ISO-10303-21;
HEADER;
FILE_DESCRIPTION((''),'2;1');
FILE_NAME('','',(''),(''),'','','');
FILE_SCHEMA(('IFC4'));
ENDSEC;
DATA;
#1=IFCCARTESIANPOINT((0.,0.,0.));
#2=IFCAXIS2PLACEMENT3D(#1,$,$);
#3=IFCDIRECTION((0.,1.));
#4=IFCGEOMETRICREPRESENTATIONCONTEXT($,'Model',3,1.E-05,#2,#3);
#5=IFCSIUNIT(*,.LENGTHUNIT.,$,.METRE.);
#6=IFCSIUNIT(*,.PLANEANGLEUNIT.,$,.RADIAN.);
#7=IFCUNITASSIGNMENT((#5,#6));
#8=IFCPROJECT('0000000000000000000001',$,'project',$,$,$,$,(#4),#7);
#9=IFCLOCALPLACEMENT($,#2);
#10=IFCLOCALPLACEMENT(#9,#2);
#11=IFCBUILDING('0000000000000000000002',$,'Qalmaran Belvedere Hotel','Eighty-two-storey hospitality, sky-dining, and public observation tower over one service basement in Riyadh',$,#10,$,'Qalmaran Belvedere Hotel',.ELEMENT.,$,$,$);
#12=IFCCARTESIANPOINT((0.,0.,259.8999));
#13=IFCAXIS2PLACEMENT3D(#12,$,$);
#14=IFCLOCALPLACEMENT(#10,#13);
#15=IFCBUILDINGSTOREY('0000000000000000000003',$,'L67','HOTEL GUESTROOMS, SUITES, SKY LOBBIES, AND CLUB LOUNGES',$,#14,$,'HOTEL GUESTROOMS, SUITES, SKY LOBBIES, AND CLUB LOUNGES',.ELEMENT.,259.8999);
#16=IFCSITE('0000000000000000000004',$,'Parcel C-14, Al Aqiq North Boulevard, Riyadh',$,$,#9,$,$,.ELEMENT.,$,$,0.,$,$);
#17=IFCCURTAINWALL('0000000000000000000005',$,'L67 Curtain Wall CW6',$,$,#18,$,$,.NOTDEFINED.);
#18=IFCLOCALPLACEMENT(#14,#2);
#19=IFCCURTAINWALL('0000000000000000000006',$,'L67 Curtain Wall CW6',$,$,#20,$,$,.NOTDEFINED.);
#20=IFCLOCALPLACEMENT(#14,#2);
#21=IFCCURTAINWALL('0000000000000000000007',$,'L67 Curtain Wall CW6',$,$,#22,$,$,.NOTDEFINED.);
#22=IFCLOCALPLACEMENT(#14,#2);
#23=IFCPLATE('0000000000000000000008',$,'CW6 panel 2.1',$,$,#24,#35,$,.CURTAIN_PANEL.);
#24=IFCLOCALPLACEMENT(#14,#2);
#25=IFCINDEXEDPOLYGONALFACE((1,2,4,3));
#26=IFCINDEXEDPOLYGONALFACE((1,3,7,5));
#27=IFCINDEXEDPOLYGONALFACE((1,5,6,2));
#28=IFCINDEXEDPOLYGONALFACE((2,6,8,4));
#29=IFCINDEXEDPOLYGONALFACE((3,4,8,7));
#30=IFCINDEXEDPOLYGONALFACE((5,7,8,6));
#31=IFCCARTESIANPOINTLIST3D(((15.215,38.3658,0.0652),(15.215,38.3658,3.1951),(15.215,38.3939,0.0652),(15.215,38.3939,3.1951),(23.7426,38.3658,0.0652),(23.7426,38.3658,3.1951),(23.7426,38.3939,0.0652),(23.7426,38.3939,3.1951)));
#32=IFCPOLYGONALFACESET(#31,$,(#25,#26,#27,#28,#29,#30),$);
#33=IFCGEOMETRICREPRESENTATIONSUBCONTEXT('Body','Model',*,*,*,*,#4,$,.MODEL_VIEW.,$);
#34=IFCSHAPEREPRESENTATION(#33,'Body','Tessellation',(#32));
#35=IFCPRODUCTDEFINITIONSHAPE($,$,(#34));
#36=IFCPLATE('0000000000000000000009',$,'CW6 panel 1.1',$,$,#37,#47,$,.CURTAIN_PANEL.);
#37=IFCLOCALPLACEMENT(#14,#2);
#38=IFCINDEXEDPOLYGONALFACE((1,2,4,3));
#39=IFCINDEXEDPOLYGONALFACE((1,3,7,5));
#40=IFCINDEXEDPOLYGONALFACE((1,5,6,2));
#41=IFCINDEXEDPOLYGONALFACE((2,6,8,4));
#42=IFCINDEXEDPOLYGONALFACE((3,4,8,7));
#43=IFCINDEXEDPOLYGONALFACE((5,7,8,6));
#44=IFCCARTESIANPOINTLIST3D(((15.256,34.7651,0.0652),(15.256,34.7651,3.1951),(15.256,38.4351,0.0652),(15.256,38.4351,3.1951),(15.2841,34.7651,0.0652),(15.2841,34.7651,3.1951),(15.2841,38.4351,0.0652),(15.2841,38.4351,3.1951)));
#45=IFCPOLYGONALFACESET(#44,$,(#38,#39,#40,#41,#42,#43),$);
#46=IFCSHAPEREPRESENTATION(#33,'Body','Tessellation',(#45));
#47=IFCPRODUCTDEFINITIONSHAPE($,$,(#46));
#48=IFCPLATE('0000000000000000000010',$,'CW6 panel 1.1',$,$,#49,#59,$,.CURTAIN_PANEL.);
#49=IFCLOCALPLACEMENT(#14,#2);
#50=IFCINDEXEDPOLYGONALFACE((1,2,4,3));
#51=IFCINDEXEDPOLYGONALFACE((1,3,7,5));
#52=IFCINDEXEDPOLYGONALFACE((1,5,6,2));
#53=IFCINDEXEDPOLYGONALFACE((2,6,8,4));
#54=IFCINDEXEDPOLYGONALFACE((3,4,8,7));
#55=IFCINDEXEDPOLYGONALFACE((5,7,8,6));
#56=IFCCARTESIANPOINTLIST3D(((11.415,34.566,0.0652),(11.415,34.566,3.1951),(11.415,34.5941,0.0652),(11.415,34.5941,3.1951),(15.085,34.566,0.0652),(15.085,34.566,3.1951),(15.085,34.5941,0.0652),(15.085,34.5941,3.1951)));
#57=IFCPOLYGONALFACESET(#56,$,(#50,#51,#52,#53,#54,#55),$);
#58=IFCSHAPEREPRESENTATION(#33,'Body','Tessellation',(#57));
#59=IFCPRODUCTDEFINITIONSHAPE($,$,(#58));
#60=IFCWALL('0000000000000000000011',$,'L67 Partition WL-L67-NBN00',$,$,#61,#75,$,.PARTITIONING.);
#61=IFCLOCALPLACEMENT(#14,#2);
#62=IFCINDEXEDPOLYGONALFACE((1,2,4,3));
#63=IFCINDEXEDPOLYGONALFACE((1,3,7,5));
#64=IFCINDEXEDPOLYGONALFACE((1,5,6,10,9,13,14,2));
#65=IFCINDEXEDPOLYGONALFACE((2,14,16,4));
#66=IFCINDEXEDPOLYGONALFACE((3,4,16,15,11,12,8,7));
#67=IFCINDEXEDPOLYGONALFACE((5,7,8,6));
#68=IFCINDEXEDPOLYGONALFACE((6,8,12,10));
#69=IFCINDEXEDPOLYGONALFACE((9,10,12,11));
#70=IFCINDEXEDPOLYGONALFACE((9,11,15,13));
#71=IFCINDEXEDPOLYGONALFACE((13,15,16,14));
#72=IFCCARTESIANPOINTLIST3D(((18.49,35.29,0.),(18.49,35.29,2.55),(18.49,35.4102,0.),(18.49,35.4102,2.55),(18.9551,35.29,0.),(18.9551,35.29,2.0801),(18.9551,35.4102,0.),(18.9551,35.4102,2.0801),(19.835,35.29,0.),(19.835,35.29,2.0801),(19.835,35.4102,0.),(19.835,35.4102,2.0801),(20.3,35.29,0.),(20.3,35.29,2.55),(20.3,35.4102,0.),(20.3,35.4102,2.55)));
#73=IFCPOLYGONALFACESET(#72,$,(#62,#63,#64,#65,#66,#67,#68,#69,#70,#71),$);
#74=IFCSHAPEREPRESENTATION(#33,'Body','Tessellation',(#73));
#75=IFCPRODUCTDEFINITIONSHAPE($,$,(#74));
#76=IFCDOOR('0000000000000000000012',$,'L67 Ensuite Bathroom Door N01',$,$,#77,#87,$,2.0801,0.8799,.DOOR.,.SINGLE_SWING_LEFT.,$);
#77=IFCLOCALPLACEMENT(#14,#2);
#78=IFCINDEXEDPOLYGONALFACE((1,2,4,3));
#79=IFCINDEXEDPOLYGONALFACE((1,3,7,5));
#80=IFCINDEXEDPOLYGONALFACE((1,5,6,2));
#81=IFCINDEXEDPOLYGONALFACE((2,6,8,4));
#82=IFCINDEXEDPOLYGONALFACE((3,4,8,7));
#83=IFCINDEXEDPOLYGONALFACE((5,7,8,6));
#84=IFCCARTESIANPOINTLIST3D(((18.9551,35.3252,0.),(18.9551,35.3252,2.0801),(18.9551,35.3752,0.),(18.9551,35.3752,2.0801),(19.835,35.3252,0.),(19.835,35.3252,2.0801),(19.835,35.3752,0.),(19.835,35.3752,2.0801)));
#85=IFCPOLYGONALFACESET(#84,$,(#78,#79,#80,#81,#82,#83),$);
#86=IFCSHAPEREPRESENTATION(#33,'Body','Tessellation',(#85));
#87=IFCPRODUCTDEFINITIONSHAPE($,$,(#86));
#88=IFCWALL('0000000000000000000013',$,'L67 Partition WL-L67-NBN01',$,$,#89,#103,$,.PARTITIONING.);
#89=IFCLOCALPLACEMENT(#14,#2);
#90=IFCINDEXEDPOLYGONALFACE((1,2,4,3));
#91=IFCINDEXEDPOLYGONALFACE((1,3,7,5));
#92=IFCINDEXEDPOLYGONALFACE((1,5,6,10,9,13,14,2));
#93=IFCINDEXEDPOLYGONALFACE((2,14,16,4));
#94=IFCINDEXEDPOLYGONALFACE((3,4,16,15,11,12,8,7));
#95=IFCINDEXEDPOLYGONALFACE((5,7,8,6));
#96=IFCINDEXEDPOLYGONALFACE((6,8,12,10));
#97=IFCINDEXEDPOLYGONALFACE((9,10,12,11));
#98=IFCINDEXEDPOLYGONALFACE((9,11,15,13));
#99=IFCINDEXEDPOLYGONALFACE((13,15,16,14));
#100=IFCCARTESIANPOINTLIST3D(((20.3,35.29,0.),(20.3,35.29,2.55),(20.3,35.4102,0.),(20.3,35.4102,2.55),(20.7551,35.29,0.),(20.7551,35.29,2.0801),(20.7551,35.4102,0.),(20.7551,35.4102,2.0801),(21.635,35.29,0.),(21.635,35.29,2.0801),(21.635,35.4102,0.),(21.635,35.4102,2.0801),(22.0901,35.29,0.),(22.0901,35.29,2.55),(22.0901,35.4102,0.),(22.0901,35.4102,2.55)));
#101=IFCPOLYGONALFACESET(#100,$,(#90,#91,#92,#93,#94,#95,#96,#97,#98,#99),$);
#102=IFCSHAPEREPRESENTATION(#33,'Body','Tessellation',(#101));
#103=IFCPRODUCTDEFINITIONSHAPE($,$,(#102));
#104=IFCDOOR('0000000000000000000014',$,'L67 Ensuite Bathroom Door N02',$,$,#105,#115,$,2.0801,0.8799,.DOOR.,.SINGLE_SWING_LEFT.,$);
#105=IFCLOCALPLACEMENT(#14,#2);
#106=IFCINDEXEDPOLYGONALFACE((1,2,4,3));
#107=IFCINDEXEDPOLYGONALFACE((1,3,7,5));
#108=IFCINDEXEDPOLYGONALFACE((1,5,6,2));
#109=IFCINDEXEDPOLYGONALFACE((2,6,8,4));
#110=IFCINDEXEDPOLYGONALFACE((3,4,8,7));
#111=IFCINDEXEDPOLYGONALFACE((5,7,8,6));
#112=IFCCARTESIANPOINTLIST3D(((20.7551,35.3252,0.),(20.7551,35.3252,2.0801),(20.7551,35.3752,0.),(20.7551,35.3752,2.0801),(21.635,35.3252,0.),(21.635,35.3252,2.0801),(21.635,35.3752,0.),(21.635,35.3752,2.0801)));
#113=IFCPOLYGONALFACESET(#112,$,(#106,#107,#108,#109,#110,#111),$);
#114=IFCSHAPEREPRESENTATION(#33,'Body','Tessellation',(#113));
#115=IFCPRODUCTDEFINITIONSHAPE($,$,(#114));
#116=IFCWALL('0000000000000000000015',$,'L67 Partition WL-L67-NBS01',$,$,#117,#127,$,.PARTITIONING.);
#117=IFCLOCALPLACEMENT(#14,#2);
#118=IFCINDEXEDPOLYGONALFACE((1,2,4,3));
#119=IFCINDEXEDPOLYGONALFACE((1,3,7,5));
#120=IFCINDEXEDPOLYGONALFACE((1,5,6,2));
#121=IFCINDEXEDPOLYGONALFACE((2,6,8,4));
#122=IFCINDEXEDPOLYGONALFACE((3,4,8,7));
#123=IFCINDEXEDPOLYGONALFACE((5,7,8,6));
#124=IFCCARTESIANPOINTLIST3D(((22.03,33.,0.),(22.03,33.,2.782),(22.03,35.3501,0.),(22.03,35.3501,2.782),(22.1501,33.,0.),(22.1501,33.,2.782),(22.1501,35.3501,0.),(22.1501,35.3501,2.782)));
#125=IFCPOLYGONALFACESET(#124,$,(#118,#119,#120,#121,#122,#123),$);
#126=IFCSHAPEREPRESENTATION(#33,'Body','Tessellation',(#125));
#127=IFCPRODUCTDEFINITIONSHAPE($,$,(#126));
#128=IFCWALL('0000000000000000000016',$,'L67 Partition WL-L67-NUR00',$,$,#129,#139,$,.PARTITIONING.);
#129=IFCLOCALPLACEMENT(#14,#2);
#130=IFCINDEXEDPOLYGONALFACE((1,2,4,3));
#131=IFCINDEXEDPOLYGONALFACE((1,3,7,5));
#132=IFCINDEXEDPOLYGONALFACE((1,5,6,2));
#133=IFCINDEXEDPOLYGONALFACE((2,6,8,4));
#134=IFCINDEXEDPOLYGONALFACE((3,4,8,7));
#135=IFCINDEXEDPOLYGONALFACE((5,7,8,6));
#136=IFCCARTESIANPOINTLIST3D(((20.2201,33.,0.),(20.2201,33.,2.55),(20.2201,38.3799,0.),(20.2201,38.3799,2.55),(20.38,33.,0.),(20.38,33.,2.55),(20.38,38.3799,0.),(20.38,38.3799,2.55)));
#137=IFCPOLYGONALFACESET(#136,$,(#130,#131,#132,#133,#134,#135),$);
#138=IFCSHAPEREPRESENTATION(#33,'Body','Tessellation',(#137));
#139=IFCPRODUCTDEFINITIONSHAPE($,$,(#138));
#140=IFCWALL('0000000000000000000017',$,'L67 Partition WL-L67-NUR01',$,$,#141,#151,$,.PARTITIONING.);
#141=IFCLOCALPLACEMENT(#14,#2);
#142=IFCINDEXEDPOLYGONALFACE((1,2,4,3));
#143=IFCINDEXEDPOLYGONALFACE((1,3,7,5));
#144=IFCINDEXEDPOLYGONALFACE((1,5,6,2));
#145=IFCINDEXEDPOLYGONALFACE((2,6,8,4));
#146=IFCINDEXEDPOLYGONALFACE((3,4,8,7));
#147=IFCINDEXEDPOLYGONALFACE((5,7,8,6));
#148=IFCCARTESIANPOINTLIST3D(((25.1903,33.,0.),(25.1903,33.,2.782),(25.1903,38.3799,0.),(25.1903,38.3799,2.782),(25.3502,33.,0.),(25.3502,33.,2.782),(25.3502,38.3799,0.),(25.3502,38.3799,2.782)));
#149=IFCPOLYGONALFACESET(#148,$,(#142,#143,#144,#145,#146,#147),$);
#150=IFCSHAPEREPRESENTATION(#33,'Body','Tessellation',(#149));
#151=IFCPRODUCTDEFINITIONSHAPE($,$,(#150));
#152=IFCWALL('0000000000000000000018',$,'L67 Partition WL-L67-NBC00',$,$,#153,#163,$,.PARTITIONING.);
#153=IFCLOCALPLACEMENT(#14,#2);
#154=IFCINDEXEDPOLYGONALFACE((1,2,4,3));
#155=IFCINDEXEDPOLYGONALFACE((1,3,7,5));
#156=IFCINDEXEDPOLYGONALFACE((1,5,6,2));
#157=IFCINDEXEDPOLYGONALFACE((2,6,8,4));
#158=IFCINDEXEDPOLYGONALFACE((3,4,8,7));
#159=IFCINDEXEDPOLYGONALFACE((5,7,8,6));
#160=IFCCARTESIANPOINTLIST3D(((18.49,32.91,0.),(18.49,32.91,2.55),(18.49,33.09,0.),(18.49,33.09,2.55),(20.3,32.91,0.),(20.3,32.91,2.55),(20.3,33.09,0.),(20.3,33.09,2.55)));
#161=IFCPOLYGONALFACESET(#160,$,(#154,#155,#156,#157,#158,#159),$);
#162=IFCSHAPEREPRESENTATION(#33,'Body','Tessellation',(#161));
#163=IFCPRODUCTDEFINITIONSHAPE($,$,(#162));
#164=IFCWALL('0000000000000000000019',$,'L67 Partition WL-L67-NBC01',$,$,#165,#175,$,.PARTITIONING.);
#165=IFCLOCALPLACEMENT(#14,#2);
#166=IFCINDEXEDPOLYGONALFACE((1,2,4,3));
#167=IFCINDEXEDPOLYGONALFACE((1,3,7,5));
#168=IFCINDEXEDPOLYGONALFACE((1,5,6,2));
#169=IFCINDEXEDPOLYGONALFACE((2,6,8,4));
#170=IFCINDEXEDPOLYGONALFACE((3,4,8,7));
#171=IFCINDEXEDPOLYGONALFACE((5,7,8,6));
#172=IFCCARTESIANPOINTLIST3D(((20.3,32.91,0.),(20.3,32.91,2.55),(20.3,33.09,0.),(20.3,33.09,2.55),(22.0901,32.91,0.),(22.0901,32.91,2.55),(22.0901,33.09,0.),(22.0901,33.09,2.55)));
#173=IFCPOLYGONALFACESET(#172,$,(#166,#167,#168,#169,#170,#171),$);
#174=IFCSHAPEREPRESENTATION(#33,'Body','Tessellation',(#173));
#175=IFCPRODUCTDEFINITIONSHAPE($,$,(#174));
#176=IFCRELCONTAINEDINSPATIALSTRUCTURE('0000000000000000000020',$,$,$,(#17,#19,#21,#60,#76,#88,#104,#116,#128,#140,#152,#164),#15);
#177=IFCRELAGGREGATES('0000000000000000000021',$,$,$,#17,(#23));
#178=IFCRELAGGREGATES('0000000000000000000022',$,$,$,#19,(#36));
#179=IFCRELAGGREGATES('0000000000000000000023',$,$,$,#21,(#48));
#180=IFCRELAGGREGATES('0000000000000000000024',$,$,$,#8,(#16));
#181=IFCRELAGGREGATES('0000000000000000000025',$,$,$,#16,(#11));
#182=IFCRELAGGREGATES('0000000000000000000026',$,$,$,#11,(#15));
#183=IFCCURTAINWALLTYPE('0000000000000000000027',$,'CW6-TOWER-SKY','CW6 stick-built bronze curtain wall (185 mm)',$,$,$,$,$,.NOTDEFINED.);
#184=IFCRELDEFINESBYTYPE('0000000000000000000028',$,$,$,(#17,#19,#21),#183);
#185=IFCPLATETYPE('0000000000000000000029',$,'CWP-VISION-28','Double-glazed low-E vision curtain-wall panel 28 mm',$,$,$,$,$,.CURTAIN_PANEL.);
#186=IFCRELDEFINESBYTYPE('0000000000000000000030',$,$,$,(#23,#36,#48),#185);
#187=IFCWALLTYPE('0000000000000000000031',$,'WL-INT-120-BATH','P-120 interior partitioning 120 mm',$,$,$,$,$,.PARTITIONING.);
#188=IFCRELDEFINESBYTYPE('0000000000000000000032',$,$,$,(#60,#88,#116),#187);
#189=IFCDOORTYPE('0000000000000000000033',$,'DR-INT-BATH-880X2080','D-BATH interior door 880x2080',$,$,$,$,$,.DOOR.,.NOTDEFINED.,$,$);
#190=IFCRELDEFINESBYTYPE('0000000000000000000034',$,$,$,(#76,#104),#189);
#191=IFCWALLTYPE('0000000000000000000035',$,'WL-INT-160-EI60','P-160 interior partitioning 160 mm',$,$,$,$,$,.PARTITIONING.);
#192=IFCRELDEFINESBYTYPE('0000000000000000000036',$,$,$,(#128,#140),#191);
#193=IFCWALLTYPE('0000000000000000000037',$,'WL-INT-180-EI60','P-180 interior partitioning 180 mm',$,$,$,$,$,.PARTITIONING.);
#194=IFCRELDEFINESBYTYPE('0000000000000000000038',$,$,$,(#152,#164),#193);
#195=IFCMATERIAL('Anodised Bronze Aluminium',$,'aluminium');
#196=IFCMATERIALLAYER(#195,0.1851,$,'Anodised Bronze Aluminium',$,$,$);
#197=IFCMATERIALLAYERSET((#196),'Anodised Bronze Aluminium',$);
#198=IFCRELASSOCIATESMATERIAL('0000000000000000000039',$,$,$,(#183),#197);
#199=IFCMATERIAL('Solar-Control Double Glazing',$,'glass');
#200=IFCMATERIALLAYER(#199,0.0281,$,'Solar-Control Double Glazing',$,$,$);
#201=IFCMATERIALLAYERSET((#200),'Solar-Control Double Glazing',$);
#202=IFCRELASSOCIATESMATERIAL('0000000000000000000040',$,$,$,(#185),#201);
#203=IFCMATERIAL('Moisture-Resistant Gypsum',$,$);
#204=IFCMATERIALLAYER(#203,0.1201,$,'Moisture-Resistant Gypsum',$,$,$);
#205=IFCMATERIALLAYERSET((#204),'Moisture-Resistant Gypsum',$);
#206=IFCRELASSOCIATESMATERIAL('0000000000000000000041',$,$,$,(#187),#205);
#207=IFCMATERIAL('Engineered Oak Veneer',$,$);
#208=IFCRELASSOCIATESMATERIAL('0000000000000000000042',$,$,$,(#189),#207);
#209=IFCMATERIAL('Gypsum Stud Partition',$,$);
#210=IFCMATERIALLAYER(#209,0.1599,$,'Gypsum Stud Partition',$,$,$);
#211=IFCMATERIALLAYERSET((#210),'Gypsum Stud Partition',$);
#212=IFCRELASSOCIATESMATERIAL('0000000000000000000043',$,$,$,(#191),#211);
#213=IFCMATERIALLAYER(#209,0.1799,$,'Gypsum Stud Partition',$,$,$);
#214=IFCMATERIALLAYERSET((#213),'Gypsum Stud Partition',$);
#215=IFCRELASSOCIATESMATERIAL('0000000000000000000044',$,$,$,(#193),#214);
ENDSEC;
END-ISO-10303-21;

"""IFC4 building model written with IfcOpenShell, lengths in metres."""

from ifc_helpers import new_model, si_unit, direction, frame, frame_2d, origin, origin_2d, place, context, subcontext, project, spatial, rectangle, extrude, material, layer, layer_set, type_object, element, fill, aggregate, save


model = new_model("IFC4")

# Units and contexts
model_context = context("Model", 3, precision=1e-05, world=origin(), true_north=direction((0.0, 1.0)))
body_context = subcontext(model_context, "Body", "Model", "MODEL_VIEW")
ifc_project = project(units=[si_unit("LENGTHUNIT", "METRE"), si_unit("PLANEANGLEUNIT", "RADIAN")], contexts=[model_context])

# Site, building, storey
site_placement = place(None, origin())
site = spatial("IfcSite", under=ifc_project, at=site_placement, Name="Parcel C-14, Al Aqiq North Boulevard, Riyadh", CompositionType="ELEMENT", RefElevation=0.0)
building_placement = place(site_placement, origin())
building = spatial("IfcBuilding", under=site, at=building_placement, Name="Qalmaran Belvedere Hotel", Description="Eighty-two-storey hospitality, sky-dining, and public observation tower over one service basement in Riyadh", LongName="Qalmaran Belvedere Hotel", CompositionType="ELEMENT")
storey_placement = place(building_placement, frame((0.0, 0.0, 259.8999)))
storey = spatial("IfcBuildingStorey", under=building, at=storey_placement, Name="L67", Description="HOTEL GUESTROOMS, SUITES, SKY LOBBIES, AND CLUB LOUNGES", LongName="HOTEL GUESTROOMS, SUITES, SKY LOBBIES, AND CLUB LOUNGES", CompositionType="ELEMENT", Elevation=259.8999)

# Curtain walls
ifc_material_1 = material(Name="Anodised Bronze Aluminium", Category="aluminium")
ifc_layer_1 = layer(ifc_material_1, 0.1851, Name="Anodised Bronze Aluminium")
ifc_layer_set_1 = layer_set([ifc_layer_1], Name="Anodised Bronze Aluminium")
curtain_wall_type = type_object("IfcCurtainWallType", Name="CW6-TOWER-SKY", Description="CW6 stick-built bronze curtain wall (185 mm)", PredefinedType="NOTDEFINED", material=ifc_layer_set_1)
curtain_wall_1_placement = place(storey_placement, origin())
curtain_wall_1 = element("IfcCurtainWall", 1, at=curtain_wall_1_placement, inside=storey, type_object=curtain_wall_type, Name="L67 Curtain Wall CW6", PredefinedType="NOTDEFINED")
curtain_wall_2_placement = place(storey_placement, origin())
curtain_wall_2 = element("IfcCurtainWall", 2, at=curtain_wall_2_placement, inside=storey, type_object=curtain_wall_type, Name="L67 Curtain Wall CW6", PredefinedType="NOTDEFINED")
curtain_wall_3_placement = place(storey_placement, origin())
curtain_wall_3 = element("IfcCurtainWall", 3, at=curtain_wall_3_placement, inside=storey, type_object=curtain_wall_type, Name="L67 Curtain Wall CW6", PredefinedType="NOTDEFINED")

# Plates
ifc_material_2 = material(Name="Solar-Control Double Glazing", Category="glass")
ifc_layer_2 = layer(ifc_material_2, 0.0281, Name="Solar-Control Double Glazing")
ifc_layer_set_2 = layer_set([ifc_layer_2], Name="Solar-Control Double Glazing")
plate_type = type_object("IfcPlateType", Name="CWP-VISION-28", Description="Double-glazed low-E vision curtain-wall panel 28 mm", PredefinedType="CURTAIN_PANEL", material=ifc_layer_set_2)
plate_1_placement = place(storey_placement, frame((19.4788, 38.3799, 0.0652), z_axis=(0.0, 0.0, 1.0), x_axis=(-1.0, 0.0, 0.0)))
plate_1 = element("IfcPlate", 4, at=plate_1_placement, type_object=plate_type, Name="CW6 panel 2.1", PredefinedType="CURTAIN_PANEL", context=body_context, shape_type="SweptSolid", body=[
    extrude(rectangle(XDim=8.5276, YDim=0.0281, at=origin_2d()), origin(), (0.0, 0.0, 1.0), 3.1299),
])
aggregate(curtain_wall_1, [plate_1])
plate_2_placement = place(storey_placement, frame((15.27, 36.6001, 0.0652), z_axis=(0.0, 0.0, 1.0), x_axis=(0.0, -1.0, 0.0)))
plate_2 = element("IfcPlate", 5, at=plate_2_placement, type_object=plate_type, Name="CW6 panel 1.1", PredefinedType="CURTAIN_PANEL", context=body_context, shape_type="SweptSolid", body=[
    extrude(rectangle(XDim=3.6699, YDim=0.0281, at=origin_2d()), origin(), (0.0, 0.0, 1.0), 3.1299),
])
aggregate(curtain_wall_2, [plate_2])
plate_3_placement = place(storey_placement, frame((13.25, 34.5801, 0.0652), z_axis=(0.0, 0.0, 1.0), x_axis=(-1.0, 0.0, 0.0)))
plate_3 = element("IfcPlate", 6, at=plate_3_placement, type_object=plate_type, Name="CW6 panel 1.1", PredefinedType="CURTAIN_PANEL", context=body_context, shape_type="SweptSolid", body=[
    extrude(rectangle(XDim=3.6699, YDim=0.0281, at=origin_2d()), origin(), (0.0, 0.0, 1.0), 3.1299),
])
aggregate(curtain_wall_3, [plate_3])

# Walls, openings, doors
ifc_material_3 = material(Name="Moisture-Resistant Gypsum")
ifc_layer_3 = layer(ifc_material_3, 0.1201, Name="Moisture-Resistant Gypsum")
ifc_layer_set_3 = layer_set([ifc_layer_3], Name="Moisture-Resistant Gypsum")
wall_type_1 = type_object("IfcWallType", Name="WL-INT-120-BATH", Description="P-120 interior partitioning 120 mm", PredefinedType="PARTITIONING", material=ifc_layer_set_3)
wall_1_placement = place(storey_placement, frame((18.49, 35.3501, 0.0), z_axis=(0.0, 0.0, 1.0), x_axis=(1.0, 0.0, 0.0)))
wall_1 = element("IfcWall", 7, at=wall_1_placement, inside=storey, type_object=wall_type_1, Name="L67 Partition WL-L67-NBN00", PredefinedType="PARTITIONING", context=body_context, shape_type="SweptSolid", body=[
    extrude(rectangle(XDim=1.8101, YDim=0.1201, at=frame_2d((0.905, 0.0))), origin(), (0.0, 0.0, 1.0), 2.55),
])
opening_1_placement = place(wall_1_placement, frame((1.345, 0.0, 0.0), z_axis=(0.0, 0.0, 1.0), x_axis=(-1.0, 0.0, 0.0)))
opening_1 = element("IfcOpeningElement", 8, at=opening_1_placement, cuts=wall_1, PredefinedType="OPENING", context=body_context, shape_type="SweptSolid", body=[
    extrude(rectangle(XDim=0.8799, YDim=2.0801, at=frame_2d((0.4399, 1.04))), frame((0.0, 0.0701, 0.0), z_axis=(0.0, -1.0, 0.0), x_axis=(1.0, 0.0, 0.0)), (0.0, 0.0, 1.0), 0.1401),
])
ifc_material_4 = material(Name="Engineered Oak Veneer")
door_type_1 = type_object("IfcDoorType", Name="DR-INT-BATH-880X2080", Description="D-BATH interior door 880x2080", OperationType="NOTDEFINED", PredefinedType="DOOR", material=ifc_material_4)
door_1_placement = place(opening_1_placement, origin())
door_1 = element("IfcDoor", 9, at=door_1_placement, inside=storey, type_object=door_type_1, Name="L67 Ensuite Bathroom Door N01", OperationType="SINGLE_SWING_LEFT", OverallHeight=2.0801, OverallWidth=0.8799, PredefinedType="DOOR", context=body_context, shape_type="SweptSolid", body=[
    extrude(rectangle(XDim=0.8799, YDim=2.0801, at=frame_2d((0.4399, 1.04))), frame((0.0, 0.0249, 0.0), z_axis=(0.0, -1.0, 0.0), x_axis=(1.0, 0.0, 0.0)), (0.0, 0.0, 1.0), 0.05),
])
fill(opening_1, door_1)
wall_2_placement = place(storey_placement, frame((20.3, 35.3501, 0.0), z_axis=(0.0, 0.0, 1.0), x_axis=(1.0, 0.0, 0.0)))
wall_2 = element("IfcWall", 10, at=wall_2_placement, inside=storey, type_object=wall_type_1, Name="L67 Partition WL-L67-NBN01", PredefinedType="PARTITIONING", context=body_context, shape_type="SweptSolid", body=[
    extrude(rectangle(XDim=1.79, YDim=0.1201, at=frame_2d((0.895, 0.0))), origin(), (0.0, 0.0, 1.0), 2.55),
])
opening_2_placement = place(wall_2_placement, frame((1.335, 0.0, 0.0), z_axis=(0.0, 0.0, 1.0), x_axis=(-1.0, 0.0, 0.0)))
opening_2 = element("IfcOpeningElement", 11, at=opening_2_placement, cuts=wall_2, PredefinedType="OPENING", context=body_context, shape_type="SweptSolid", body=[
    extrude(rectangle(XDim=0.8799, YDim=2.0801, at=frame_2d((0.4399, 1.04))), frame((0.0, 0.0701, 0.0), z_axis=(0.0, -1.0, 0.0), x_axis=(1.0, 0.0, 0.0)), (0.0, 0.0, 1.0), 0.1401),
])
door_2_placement = place(opening_2_placement, origin())
door_2 = element("IfcDoor", 12, at=door_2_placement, inside=storey, type_object=door_type_1, Name="L67 Ensuite Bathroom Door N02", OperationType="SINGLE_SWING_LEFT", OverallHeight=2.0801, OverallWidth=0.8799, PredefinedType="DOOR", context=body_context, shape_type="SweptSolid", body=[
    extrude(rectangle(XDim=0.8799, YDim=2.0801, at=frame_2d((0.4399, 1.04))), frame((0.0, 0.0249, 0.0), z_axis=(0.0, -1.0, 0.0), x_axis=(1.0, 0.0, 0.0)), (0.0, 0.0, 1.0), 0.05),
])
fill(opening_2, door_2)

# Walls
wall_3_placement = place(storey_placement, frame((22.0901, 33.0, 0.0), z_axis=(0.0, 0.0, 1.0), x_axis=(0.0, 1.0, 0.0)))
element("IfcWall", 13, at=wall_3_placement, inside=storey, type_object=wall_type_1, Name="L67 Partition WL-L67-NBS01", PredefinedType="PARTITIONING", context=body_context, shape_type="SweptSolid", body=[
    extrude(rectangle(XDim=2.3501, YDim=0.1201, at=frame_2d((1.175, 0.0))), origin(), (0.0, 0.0, 1.0), 2.782),
])
ifc_material_5 = material(Name="Gypsum Stud Partition")
ifc_layer_4 = layer(ifc_material_5, 0.1599, Name="Gypsum Stud Partition")
ifc_layer_set_4 = layer_set([ifc_layer_4], Name="Gypsum Stud Partition")
wall_type_2 = type_object("IfcWallType", Name="WL-INT-160-EI60", Description="P-160 interior partitioning 160 mm", PredefinedType="PARTITIONING", material=ifc_layer_set_4)
wall_4_placement = place(storey_placement, frame((20.3, 33.0, 0.0), z_axis=(0.0, 0.0, 1.0), x_axis=(0.0, 1.0, 0.0)))
element("IfcWall", 14, at=wall_4_placement, inside=storey, type_object=wall_type_2, Name="L67 Partition WL-L67-NUR00", PredefinedType="PARTITIONING", context=body_context, shape_type="SweptSolid", body=[
    extrude(rectangle(XDim=5.3799, YDim=0.1599, at=frame_2d((2.6899, 0.0))), origin(), (0.0, 0.0, 1.0), 2.55),
])
wall_5_placement = place(storey_placement, frame((25.2703, 33.0, 0.0), z_axis=(0.0, 0.0, 1.0), x_axis=(0.0, 1.0, 0.0)))
element("IfcWall", 15, at=wall_5_placement, inside=storey, type_object=wall_type_2, Name="L67 Partition WL-L67-NUR01", PredefinedType="PARTITIONING", context=body_context, shape_type="SweptSolid", body=[
    extrude(rectangle(XDim=5.3799, YDim=0.1599, at=frame_2d((2.6899, 0.0))), origin(), (0.0, 0.0, 1.0), 2.782),
])
ifc_layer_5 = layer(ifc_material_5, 0.1799, Name="Gypsum Stud Partition")
ifc_layer_set_5 = layer_set([ifc_layer_5], Name="Gypsum Stud Partition")
wall_type_3 = type_object("IfcWallType", Name="WL-INT-180-EI60", Description="P-180 interior partitioning 180 mm", PredefinedType="PARTITIONING", material=ifc_layer_set_5)
wall_6_placement = place(storey_placement, frame((18.49, 33.0, 0.0), z_axis=(0.0, 0.0, 1.0), x_axis=(1.0, 0.0, 0.0)))
element("IfcWall", 16, at=wall_6_placement, inside=storey, type_object=wall_type_3, Name="L67 Partition WL-L67-NBC00", PredefinedType="PARTITIONING", context=body_context, shape_type="SweptSolid", body=[
    extrude(rectangle(XDim=1.8101, YDim=0.1799, at=frame_2d((0.905, 0.0))), origin(), (0.0, 0.0, 1.0), 2.55),
])
wall_7_placement = place(storey_placement, frame((20.3, 33.0, 0.0), z_axis=(0.0, 0.0, 1.0), x_axis=(1.0, 0.0, 0.0)))
element("IfcWall", 17, at=wall_7_placement, inside=storey, type_object=wall_type_3, Name="L67 Partition WL-L67-NBC01", PredefinedType="PARTITIONING", context=body_context, shape_type="SweptSolid", body=[
    extrude(rectangle(XDim=1.79, YDim=0.1799, at=frame_2d((0.895, 0.0))), origin(), (0.0, 0.0, 1.0), 2.55),
])

save(model, "model.ifc")
